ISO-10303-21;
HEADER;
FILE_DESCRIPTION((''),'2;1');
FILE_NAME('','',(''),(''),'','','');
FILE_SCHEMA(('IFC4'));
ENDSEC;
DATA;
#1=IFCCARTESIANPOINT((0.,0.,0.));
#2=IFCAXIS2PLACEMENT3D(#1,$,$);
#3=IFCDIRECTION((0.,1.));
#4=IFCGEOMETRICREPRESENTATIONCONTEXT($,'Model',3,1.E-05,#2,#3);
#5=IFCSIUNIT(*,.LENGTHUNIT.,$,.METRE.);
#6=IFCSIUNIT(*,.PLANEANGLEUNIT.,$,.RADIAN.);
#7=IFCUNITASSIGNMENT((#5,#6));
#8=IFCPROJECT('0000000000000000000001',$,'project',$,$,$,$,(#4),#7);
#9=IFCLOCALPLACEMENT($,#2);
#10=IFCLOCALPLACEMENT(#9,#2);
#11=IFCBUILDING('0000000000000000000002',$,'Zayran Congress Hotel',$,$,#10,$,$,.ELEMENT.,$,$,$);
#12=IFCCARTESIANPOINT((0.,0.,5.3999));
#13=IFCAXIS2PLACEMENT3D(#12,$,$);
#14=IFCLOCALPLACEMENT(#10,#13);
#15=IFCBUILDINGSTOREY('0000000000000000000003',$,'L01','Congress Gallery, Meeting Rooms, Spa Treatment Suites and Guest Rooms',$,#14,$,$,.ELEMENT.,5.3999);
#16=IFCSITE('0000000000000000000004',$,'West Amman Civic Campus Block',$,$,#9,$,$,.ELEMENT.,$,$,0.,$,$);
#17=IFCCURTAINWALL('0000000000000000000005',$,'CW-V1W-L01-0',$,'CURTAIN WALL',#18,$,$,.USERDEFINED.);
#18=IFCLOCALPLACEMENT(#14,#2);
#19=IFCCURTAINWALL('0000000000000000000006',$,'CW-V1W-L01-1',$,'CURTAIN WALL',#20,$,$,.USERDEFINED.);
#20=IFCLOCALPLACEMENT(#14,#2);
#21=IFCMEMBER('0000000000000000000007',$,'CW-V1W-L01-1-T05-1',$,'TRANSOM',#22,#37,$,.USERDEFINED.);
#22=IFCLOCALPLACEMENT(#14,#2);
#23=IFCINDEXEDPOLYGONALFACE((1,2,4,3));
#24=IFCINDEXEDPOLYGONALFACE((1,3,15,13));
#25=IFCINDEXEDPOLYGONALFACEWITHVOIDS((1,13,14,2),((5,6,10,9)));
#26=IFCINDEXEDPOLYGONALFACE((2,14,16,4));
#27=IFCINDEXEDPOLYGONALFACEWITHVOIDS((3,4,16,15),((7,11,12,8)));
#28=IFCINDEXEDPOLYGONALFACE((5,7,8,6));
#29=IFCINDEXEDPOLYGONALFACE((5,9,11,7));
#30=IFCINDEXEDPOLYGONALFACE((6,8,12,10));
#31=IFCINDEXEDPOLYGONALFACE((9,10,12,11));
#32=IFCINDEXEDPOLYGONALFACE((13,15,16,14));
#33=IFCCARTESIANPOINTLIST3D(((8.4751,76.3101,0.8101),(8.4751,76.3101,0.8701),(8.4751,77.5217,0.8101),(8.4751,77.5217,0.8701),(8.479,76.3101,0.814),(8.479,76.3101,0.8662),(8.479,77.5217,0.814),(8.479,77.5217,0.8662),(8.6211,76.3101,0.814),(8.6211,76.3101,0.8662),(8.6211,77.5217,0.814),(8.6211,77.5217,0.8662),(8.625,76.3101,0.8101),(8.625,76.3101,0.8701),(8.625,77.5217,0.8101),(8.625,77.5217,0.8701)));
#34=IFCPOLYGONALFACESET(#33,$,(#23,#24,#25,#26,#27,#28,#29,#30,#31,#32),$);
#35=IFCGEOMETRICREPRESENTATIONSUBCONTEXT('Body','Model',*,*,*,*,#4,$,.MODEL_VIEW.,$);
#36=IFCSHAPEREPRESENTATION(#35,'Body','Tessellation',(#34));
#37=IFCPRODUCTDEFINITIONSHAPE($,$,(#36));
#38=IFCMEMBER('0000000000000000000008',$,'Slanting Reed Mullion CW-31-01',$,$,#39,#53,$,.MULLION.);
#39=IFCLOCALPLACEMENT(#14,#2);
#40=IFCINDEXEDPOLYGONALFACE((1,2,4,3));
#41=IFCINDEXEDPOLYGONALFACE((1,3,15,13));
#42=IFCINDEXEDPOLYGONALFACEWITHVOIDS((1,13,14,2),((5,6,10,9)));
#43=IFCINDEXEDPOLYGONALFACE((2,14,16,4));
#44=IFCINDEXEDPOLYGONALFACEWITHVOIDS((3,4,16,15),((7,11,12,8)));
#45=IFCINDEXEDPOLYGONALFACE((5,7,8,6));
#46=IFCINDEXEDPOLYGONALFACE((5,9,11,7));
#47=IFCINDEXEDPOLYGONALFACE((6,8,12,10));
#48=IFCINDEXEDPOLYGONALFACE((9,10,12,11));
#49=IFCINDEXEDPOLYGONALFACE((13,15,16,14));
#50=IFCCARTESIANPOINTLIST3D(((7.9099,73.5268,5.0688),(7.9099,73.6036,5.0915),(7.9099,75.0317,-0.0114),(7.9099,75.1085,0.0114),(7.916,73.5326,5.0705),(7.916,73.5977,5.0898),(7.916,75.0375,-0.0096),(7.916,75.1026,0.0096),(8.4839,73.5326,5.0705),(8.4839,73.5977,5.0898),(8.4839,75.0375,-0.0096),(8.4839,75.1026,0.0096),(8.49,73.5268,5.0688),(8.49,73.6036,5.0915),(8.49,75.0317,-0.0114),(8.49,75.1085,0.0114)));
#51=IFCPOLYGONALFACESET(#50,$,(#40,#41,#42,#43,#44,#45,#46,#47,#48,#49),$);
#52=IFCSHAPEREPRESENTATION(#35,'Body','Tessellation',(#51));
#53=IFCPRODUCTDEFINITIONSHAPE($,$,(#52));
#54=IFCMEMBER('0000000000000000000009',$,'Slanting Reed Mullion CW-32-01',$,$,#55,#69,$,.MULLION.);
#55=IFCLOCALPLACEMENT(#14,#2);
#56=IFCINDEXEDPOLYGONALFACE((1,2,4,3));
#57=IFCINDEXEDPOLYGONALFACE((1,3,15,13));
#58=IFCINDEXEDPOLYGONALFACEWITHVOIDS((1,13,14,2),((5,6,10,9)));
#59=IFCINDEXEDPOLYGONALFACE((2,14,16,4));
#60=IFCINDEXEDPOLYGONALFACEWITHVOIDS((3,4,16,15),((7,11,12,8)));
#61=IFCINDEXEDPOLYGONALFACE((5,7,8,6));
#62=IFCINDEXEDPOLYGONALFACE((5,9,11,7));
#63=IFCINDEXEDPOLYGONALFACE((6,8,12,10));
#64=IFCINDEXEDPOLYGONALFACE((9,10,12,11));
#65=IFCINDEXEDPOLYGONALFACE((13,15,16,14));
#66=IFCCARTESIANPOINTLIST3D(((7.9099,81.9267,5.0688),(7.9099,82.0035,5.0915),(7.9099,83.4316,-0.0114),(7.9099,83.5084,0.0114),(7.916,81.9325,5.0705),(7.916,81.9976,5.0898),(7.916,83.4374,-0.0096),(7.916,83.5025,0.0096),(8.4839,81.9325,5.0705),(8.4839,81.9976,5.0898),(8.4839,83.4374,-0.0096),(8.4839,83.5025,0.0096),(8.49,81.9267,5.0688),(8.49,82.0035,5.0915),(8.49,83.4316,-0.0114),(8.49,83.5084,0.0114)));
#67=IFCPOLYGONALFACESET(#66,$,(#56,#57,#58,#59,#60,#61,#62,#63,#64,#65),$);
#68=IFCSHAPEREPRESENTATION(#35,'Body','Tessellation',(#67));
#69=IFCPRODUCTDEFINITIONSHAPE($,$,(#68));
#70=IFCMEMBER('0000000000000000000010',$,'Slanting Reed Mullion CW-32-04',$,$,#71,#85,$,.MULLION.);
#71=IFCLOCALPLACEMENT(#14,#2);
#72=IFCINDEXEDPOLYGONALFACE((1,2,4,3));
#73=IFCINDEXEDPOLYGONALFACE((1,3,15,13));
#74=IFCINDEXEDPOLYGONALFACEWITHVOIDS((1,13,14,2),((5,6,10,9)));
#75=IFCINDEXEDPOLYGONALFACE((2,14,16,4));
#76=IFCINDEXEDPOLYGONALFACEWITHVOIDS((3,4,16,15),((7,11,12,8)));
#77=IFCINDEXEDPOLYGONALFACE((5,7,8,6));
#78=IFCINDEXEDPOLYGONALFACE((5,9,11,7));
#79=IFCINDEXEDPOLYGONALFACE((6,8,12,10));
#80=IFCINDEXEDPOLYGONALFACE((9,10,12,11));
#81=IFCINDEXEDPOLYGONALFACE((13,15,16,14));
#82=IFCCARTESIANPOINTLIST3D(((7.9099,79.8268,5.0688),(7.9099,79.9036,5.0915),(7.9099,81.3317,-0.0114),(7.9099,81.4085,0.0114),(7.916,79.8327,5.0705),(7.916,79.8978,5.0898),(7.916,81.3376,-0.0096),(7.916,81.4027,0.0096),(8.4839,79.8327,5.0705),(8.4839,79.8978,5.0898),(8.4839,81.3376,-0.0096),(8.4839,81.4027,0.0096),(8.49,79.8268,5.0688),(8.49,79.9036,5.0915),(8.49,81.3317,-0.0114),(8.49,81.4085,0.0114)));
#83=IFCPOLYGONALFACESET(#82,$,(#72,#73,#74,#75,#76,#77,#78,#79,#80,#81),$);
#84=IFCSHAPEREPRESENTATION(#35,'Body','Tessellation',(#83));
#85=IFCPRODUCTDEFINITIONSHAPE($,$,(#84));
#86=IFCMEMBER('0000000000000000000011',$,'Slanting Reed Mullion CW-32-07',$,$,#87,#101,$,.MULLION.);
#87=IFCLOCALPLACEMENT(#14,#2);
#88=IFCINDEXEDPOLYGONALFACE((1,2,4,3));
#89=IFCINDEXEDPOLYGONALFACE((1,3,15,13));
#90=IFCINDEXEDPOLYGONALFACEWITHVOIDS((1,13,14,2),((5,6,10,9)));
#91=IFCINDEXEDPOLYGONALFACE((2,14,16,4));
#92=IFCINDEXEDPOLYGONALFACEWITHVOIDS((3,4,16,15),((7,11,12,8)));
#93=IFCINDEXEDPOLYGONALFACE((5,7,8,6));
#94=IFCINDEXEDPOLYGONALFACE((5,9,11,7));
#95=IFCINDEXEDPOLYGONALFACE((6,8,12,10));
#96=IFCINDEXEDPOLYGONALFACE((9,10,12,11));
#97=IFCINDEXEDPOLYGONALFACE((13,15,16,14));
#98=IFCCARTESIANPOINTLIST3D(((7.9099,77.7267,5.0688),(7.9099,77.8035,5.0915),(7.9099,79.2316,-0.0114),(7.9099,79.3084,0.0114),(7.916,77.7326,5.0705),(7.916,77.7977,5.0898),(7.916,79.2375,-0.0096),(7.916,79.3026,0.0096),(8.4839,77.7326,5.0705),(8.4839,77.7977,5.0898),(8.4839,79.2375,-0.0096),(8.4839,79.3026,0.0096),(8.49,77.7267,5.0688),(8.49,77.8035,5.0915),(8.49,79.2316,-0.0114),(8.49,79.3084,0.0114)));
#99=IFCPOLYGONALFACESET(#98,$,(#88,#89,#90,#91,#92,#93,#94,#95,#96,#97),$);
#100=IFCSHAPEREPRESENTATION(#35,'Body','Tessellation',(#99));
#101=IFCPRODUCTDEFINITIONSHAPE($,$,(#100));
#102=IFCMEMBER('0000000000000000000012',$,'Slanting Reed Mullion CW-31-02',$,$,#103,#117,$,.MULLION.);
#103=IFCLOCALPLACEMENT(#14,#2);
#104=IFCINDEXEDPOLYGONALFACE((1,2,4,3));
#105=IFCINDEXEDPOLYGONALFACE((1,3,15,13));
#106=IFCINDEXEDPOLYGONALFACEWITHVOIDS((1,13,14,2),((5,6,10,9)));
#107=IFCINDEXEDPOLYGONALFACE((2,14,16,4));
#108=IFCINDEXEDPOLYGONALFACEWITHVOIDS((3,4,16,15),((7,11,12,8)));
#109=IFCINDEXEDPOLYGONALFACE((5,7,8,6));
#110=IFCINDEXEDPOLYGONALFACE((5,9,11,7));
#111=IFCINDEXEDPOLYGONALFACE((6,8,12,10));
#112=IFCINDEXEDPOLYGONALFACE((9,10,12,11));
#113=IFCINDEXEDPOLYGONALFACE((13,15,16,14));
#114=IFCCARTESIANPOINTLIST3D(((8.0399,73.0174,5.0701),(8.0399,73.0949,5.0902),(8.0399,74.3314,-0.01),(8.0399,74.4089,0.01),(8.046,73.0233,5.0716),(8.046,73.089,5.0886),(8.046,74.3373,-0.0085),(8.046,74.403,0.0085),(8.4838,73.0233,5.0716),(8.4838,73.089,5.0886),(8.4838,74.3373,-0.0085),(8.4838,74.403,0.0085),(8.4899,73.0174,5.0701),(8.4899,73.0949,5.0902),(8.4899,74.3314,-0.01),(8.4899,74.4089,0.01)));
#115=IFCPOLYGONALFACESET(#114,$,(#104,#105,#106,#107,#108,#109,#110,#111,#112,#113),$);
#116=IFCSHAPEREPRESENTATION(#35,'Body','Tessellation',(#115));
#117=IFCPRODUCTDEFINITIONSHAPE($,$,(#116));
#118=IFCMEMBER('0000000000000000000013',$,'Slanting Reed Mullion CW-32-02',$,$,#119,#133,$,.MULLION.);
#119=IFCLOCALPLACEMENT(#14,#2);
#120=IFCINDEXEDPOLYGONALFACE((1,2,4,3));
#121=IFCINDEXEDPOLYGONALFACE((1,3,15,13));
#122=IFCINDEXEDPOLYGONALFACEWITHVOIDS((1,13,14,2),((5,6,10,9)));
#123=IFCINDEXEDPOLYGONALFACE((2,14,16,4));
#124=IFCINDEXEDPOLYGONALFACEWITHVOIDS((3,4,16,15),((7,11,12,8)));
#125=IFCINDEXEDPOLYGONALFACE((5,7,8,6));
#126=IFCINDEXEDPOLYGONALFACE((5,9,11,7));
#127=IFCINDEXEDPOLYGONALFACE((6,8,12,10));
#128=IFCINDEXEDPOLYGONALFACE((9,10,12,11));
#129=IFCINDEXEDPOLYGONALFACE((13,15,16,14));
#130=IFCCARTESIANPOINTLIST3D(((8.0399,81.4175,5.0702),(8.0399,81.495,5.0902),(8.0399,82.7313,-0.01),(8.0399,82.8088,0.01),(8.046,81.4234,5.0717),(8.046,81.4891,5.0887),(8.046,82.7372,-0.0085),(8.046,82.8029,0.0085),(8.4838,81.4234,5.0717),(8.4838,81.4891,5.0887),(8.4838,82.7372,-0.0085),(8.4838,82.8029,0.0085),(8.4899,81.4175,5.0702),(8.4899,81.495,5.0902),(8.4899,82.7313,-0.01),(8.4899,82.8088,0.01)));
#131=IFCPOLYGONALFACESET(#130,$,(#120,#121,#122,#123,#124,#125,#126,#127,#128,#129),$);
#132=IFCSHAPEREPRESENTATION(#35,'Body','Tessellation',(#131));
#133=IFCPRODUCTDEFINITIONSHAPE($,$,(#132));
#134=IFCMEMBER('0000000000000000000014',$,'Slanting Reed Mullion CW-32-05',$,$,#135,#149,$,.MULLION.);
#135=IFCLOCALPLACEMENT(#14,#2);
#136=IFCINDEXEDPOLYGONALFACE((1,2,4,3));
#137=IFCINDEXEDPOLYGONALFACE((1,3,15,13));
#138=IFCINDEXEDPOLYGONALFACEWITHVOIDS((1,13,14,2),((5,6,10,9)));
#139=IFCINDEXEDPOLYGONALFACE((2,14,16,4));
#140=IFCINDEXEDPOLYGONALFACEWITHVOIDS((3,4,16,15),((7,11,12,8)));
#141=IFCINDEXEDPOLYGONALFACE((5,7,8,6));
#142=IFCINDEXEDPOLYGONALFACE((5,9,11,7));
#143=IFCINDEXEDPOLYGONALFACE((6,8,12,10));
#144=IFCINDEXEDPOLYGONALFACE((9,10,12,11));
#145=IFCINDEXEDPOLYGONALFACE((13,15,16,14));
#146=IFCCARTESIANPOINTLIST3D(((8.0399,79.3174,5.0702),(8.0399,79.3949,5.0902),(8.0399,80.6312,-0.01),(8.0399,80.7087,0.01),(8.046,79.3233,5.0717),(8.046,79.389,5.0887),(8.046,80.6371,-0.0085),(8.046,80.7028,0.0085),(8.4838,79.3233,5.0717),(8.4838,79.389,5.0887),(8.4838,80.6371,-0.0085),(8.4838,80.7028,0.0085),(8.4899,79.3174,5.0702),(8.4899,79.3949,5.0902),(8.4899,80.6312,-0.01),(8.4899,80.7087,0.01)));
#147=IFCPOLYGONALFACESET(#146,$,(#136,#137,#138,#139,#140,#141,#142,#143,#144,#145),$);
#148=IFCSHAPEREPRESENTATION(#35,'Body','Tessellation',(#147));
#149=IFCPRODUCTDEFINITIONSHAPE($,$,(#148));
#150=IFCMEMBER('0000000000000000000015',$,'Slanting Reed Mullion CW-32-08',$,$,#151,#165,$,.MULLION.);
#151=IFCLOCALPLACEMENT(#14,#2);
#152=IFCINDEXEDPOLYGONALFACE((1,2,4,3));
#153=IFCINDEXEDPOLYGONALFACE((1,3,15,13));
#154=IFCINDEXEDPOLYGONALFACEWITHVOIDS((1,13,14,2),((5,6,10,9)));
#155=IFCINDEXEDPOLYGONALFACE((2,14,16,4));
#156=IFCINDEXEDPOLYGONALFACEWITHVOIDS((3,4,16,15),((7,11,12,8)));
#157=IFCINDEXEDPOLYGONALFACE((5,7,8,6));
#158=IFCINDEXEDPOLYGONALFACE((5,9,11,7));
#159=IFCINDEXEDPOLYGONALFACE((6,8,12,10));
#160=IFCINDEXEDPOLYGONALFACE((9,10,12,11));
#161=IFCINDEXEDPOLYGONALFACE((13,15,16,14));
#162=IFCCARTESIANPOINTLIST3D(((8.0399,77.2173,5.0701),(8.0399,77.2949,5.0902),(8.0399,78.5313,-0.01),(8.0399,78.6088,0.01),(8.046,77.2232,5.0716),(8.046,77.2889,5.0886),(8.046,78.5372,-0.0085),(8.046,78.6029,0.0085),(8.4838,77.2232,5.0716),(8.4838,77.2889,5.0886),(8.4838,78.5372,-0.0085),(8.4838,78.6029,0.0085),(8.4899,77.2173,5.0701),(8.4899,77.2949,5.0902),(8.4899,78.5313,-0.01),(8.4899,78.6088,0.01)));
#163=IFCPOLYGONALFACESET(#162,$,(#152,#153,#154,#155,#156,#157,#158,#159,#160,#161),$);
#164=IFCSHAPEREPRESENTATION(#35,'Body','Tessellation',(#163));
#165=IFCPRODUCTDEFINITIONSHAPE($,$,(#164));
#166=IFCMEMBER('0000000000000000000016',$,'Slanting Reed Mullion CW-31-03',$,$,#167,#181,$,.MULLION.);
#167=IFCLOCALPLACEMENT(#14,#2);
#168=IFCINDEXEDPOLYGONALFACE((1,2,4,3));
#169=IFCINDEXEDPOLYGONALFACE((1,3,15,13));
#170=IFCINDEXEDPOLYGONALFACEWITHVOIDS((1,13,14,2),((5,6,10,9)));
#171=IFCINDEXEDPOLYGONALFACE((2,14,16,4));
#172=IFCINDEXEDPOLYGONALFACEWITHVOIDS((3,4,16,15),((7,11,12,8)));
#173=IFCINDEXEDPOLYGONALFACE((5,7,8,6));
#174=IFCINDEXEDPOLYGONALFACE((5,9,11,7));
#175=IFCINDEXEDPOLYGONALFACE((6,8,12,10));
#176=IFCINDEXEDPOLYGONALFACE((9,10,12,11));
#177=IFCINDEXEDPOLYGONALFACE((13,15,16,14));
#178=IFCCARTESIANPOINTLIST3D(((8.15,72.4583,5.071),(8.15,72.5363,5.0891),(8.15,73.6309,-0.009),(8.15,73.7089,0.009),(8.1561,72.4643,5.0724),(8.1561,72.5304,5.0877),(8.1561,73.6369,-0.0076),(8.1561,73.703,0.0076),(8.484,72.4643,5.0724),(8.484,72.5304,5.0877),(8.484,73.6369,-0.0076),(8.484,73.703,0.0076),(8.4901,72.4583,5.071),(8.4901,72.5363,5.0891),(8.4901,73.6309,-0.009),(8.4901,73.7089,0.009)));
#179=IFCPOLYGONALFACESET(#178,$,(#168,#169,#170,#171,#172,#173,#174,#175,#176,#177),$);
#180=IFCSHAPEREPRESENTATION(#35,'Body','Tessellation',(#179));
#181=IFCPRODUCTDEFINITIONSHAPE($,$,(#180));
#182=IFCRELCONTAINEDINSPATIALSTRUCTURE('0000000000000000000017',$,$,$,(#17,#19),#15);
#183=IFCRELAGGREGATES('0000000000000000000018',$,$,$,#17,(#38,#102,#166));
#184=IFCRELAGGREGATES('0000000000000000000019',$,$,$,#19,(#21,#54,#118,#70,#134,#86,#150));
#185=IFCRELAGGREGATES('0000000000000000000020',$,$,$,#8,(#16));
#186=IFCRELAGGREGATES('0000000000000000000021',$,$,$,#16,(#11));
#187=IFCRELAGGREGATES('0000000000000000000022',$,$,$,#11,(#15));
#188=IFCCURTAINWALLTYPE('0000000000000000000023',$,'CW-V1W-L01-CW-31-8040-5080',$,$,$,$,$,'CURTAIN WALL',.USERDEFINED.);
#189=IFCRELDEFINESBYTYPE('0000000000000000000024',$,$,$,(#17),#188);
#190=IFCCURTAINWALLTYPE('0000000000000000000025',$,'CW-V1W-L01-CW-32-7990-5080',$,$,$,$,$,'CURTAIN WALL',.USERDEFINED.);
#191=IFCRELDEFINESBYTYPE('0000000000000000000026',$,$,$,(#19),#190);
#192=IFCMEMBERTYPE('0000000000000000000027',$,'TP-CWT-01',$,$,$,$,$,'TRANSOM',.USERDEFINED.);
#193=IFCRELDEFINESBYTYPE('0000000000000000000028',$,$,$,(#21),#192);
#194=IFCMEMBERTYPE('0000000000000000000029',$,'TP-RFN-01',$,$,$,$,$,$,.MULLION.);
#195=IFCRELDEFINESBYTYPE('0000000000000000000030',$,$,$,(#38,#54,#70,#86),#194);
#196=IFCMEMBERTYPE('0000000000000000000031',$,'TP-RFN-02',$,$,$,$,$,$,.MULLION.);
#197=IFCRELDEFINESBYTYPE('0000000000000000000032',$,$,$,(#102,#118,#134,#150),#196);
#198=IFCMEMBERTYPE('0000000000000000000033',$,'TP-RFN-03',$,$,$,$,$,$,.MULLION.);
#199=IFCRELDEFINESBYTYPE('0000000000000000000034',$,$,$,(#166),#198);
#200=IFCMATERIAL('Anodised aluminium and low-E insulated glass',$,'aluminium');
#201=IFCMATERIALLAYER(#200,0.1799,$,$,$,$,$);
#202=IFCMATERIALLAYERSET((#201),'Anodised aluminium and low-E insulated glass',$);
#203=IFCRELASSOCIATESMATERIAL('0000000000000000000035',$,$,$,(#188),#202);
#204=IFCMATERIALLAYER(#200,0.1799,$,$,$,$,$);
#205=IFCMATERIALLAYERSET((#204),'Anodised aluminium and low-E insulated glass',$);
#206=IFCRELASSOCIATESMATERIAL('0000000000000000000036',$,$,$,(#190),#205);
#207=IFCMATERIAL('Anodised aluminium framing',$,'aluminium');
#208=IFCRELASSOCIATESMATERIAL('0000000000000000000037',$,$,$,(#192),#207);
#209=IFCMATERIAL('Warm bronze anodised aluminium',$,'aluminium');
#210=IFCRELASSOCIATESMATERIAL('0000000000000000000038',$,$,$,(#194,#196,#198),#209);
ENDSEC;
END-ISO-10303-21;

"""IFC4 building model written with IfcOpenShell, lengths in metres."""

from ifc_helpers import new_model, si_unit, direction, frame, origin, origin_2d, place, context, subcontext, project, spatial, hollow_rectangle, extrude, material, layer, layer_set, material_profile, profile_set, type_object, element, aggregate, save


model = new_model("IFC4")

# Units and contexts
model_context = context("Model", 3, precision=1e-05, world=origin(), true_north=direction((0.0, 1.0)))
body_context = subcontext(model_context, "Body", "Model", "MODEL_VIEW")
ifc_project = project(units=[si_unit("LENGTHUNIT", "METRE"), si_unit("PLANEANGLEUNIT", "RADIAN")], contexts=[model_context])

# Site, building, storey
site_placement = place(None, origin())
site = spatial("IfcSite", under=ifc_project, at=site_placement, Name="West Amman Civic Campus Block", CompositionType="ELEMENT", RefElevation=0.0)
building_placement = place(site_placement, origin())
building = spatial("IfcBuilding", under=site, at=building_placement, Name="Zayran Congress Hotel", CompositionType="ELEMENT")
storey_placement = place(building_placement, frame((0.0, 0.0, 5.3999)))
storey = spatial("IfcBuildingStorey", under=building, at=storey_placement, Name="L01", Description="Congress Gallery, Meeting Rooms, Spa Treatment Suites and Guest Rooms", CompositionType="ELEMENT", Elevation=5.3999)

# Curtain wall
ifc_material_1 = material(Name="Anodised aluminium and low-E insulated glass", Category="aluminium")
ifc_layer_1 = layer(ifc_material_1, 0.1799)
ifc_layer_set_1 = layer_set([ifc_layer_1], Name="Anodised aluminium and low-E insulated glass")
curtain_wall_type_1 = type_object("IfcCurtainWallType", Name="CW-V1W-L01-CW-31-8040-5080", ElementType="CURTAIN WALL", PredefinedType="USERDEFINED", material=ifc_layer_set_1)
curtain_wall_1_placement = place(storey_placement, origin())
curtain_wall_1 = element("IfcCurtainWall", 1, at=curtain_wall_1_placement, inside=storey, type_object=curtain_wall_type_1, Name="CW-V1W-L01-0", ObjectType="CURTAIN WALL", PredefinedType="USERDEFINED")
ifc_material_2 = material(Name="Anodised aluminium framing", Category="aluminium")

# Curtain wall
ifc_layer_2 = layer(ifc_material_1, 0.1799)
ifc_layer_set_2 = layer_set([ifc_layer_2], Name="Anodised aluminium and low-E insulated glass")
curtain_wall_type_2 = type_object("IfcCurtainWallType", Name="CW-V1W-L01-CW-32-7990-5080", ElementType="CURTAIN WALL", PredefinedType="USERDEFINED", material=ifc_layer_set_2)
curtain_wall_2_placement = place(storey_placement, origin())
curtain_wall_2 = element("IfcCurtainWall", 2, at=curtain_wall_2_placement, inside=storey, type_object=curtain_wall_type_2, Name="CW-V1W-L01-1", ObjectType="CURTAIN WALL", PredefinedType="USERDEFINED")

# Members
ifc_material_profile_1 = material_profile(ifc_material_2, hollow_rectangle(XDim=0.0601, YDim=0.1499, WallThickness=0.0039, at=origin_2d()), Name="RHS 150x60x4")
ifc_profile_set_1 = profile_set([ifc_material_profile_1], Name="Anodised aluminium framing")
member_type_1 = type_object("IfcMemberType", Name="TP-CWT-01", ElementType="TRANSOM", PredefinedType="USERDEFINED", material=ifc_profile_set_1)
member_1_placement = place(storey_placement, frame((8.55, 77.5217, 0.8401), z_axis=(0.0, -1.0, 0.0), x_axis=(0.0, 0.0, 1.0)))
member_1 = element("IfcMember", 3, at=member_1_placement, type_object=member_type_1, Name="CW-V1W-L01-1-T05-1", ObjectType="TRANSOM", PredefinedType="USERDEFINED", context=body_context, shape_type="SweptSolid", body=[
    extrude(hollow_rectangle(XDim=0.0601, YDim=0.1499, WallThickness=0.0039, at=origin_2d()), origin(), (0.0, 0.0, 1.0), 1.2117),
])
ifc_material_3 = material(Name="Warm bronze anodised aluminium", Category="aluminium")
ifc_material_profile_2 = material_profile(ifc_material_3, hollow_rectangle(XDim=0.0801, YDim=0.5801, WallThickness=0.0061, at=origin_2d()), Name="RHS 580x80x6")
ifc_profile_set_2 = profile_set([ifc_material_profile_2], Name="Warm bronze anodised aluminium")
member_type_2 = type_object("IfcMemberType", Name="TP-RFN-01", PredefinedType="MULLION", material=ifc_profile_set_2)
member_2_placement = place(storey_placement, frame((8.2, 75.0701, 0.0), z_axis=(0.0, -0.284032, 0.958815), x_axis=(0.0, 0.958815, 0.284032)))
member_2 = element("IfcMember", 4, at=member_2_placement, type_object=member_type_2, Name="Slanting Reed Mullion CW-31-01", PredefinedType="MULLION", context=body_context, shape_type="SweptSolid", body=[
    extrude(hollow_rectangle(XDim=0.0801, YDim=0.5801, WallThickness=0.0061, at=origin_2d()), origin(), (0.0, 0.0, 1.0), 5.2983),
])
member_3_placement = place(storey_placement, frame((8.2, 83.47, 0.0), z_axis=(0.0, -0.284032, 0.958815), x_axis=(0.0, 0.958815, 0.284032)))
member_3 = element("IfcMember", 5, at=member_3_placement, type_object=member_type_2, Name="Slanting Reed Mullion CW-32-01", PredefinedType="MULLION", context=body_context, shape_type="SweptSolid", body=[
    extrude(hollow_rectangle(XDim=0.0801, YDim=0.5801, WallThickness=0.0061, at=origin_2d()), origin(), (0.0, 0.0, 1.0), 5.2983),
])
member_4_placement = place(storey_placement, frame((8.2, 81.3701, 0.0), z_axis=(0.0, -0.284032, 0.958815), x_axis=(0.0, 0.958815, 0.284032)))
member_4 = element("IfcMember", 6, at=member_4_placement, type_object=member_type_2, Name="Slanting Reed Mullion CW-32-04", PredefinedType="MULLION", context=body_context, shape_type="SweptSolid", body=[
    extrude(hollow_rectangle(XDim=0.0801, YDim=0.5801, WallThickness=0.0061, at=origin_2d()), origin(), (0.0, 0.0, 1.0), 5.2983),
])
member_5_placement = place(storey_placement, frame((8.2, 79.27, 0.0), z_axis=(0.0, -0.284032, 0.958815), x_axis=(0.0, 0.958815, 0.284032)))
member_5 = element("IfcMember", 7, at=member_5_placement, type_object=member_type_2, Name="Slanting Reed Mullion CW-32-07", PredefinedType="MULLION", context=body_context, shape_type="SweptSolid", body=[
    extrude(hollow_rectangle(XDim=0.0801, YDim=0.5801, WallThickness=0.0061, at=origin_2d()), origin(), (0.0, 0.0, 1.0), 5.2983),
])
ifc_material_profile_3 = material_profile(ifc_material_3, hollow_rectangle(XDim=0.0801, YDim=0.45, WallThickness=0.0061, at=origin_2d()), Name="RHS 450x80x6")
ifc_profile_set_3 = profile_set([ifc_material_profile_3], Name="Warm bronze anodised aluminium")
member_type_3 = type_object("IfcMemberType", Name="TP-RFN-02", PredefinedType="MULLION", material=ifc_profile_set_3)
member_6_placement = place(storey_placement, frame((8.2649, 74.3701, 0.0), z_axis=(0.0, -0.25041, 0.96814), x_axis=(0.0, 0.96814, 0.25041)))
member_6 = element("IfcMember", 8, at=member_6_placement, type_object=member_type_3, Name="Slanting Reed Mullion CW-31-02", PredefinedType="MULLION", context=body_context, shape_type="SweptSolid", body=[
    extrude(hollow_rectangle(XDim=0.0801, YDim=0.45, WallThickness=0.0061, at=origin_2d()), origin(), (0.0, 0.0, 1.0), 5.2473),
])
member_7_placement = place(storey_placement, frame((8.2649, 82.77, 0.0), z_axis=(0.0, -0.250366, 0.968151), x_axis=(0.0, 0.968151, 0.250366)))
member_7 = element("IfcMember", 9, at=member_7_placement, type_object=member_type_3, Name="Slanting Reed Mullion CW-32-02", PredefinedType="MULLION", context=body_context, shape_type="SweptSolid", body=[
    extrude(hollow_rectangle(XDim=0.0801, YDim=0.45, WallThickness=0.0061, at=origin_2d()), origin(), (0.0, 0.0, 1.0), 5.2473),
])
member_8_placement = place(storey_placement, frame((8.2649, 80.6699, 0.0), z_axis=(0.0, -0.250366, 0.968151), x_axis=(0.0, 0.968151, 0.250366)))
member_8 = element("IfcMember", 10, at=member_8_placement, type_object=member_type_3, Name="Slanting Reed Mullion CW-32-05", PredefinedType="MULLION", context=body_context, shape_type="SweptSolid", body=[
    extrude(hollow_rectangle(XDim=0.0801, YDim=0.45, WallThickness=0.0061, at=origin_2d()), origin(), (0.0, 0.0, 1.0), 5.2473),
])
member_9_placement = place(storey_placement, frame((8.2649, 78.5701, 0.0), z_axis=(0.0, -0.25041, 0.96814), x_axis=(0.0, 0.96814, 0.25041)))
member_9 = element("IfcMember", 11, at=member_9_placement, type_object=member_type_3, Name="Slanting Reed Mullion CW-32-08", PredefinedType="MULLION", context=body_context, shape_type="SweptSolid", body=[
    extrude(hollow_rectangle(XDim=0.0801, YDim=0.45, WallThickness=0.0061, at=origin_2d()), origin(), (0.0, 0.0, 1.0), 5.2473),
])
ifc_material_profile_4 = material_profile(ifc_material_3, hollow_rectangle(XDim=0.0801, YDim=0.3401, WallThickness=0.0061, at=origin_2d()), Name="RHS 340x80x6")
ifc_profile_set_4 = profile_set([ifc_material_profile_4], Name="Warm bronze anodised aluminium")
member_type_4 = type_object("IfcMemberType", Name="TP-RFN-03", PredefinedType="MULLION", material=ifc_profile_set_4)
member_10_placement = place(storey_placement, frame((8.3201, 73.6699, 0.0), z_axis=(0.0, -0.224911, 0.974379), x_axis=(0.0, 0.974379, 0.224911)))
member_10 = element("IfcMember", 12, at=member_10_placement, type_object=member_type_4, Name="Slanting Reed Mullion CW-31-03", PredefinedType="MULLION", context=body_context, shape_type="SweptSolid", body=[
    extrude(hollow_rectangle(XDim=0.0801, YDim=0.3401, WallThickness=0.0061, at=origin_2d()), origin(), (0.0, 0.0, 1.0), 5.2136),
])

aggregate(curtain_wall_1, [member_2, member_6, member_10])
aggregate(curtain_wall_2, [member_1, member_3, member_7, member_4, member_8, member_5, member_9])

save(model, "model.ifc")
